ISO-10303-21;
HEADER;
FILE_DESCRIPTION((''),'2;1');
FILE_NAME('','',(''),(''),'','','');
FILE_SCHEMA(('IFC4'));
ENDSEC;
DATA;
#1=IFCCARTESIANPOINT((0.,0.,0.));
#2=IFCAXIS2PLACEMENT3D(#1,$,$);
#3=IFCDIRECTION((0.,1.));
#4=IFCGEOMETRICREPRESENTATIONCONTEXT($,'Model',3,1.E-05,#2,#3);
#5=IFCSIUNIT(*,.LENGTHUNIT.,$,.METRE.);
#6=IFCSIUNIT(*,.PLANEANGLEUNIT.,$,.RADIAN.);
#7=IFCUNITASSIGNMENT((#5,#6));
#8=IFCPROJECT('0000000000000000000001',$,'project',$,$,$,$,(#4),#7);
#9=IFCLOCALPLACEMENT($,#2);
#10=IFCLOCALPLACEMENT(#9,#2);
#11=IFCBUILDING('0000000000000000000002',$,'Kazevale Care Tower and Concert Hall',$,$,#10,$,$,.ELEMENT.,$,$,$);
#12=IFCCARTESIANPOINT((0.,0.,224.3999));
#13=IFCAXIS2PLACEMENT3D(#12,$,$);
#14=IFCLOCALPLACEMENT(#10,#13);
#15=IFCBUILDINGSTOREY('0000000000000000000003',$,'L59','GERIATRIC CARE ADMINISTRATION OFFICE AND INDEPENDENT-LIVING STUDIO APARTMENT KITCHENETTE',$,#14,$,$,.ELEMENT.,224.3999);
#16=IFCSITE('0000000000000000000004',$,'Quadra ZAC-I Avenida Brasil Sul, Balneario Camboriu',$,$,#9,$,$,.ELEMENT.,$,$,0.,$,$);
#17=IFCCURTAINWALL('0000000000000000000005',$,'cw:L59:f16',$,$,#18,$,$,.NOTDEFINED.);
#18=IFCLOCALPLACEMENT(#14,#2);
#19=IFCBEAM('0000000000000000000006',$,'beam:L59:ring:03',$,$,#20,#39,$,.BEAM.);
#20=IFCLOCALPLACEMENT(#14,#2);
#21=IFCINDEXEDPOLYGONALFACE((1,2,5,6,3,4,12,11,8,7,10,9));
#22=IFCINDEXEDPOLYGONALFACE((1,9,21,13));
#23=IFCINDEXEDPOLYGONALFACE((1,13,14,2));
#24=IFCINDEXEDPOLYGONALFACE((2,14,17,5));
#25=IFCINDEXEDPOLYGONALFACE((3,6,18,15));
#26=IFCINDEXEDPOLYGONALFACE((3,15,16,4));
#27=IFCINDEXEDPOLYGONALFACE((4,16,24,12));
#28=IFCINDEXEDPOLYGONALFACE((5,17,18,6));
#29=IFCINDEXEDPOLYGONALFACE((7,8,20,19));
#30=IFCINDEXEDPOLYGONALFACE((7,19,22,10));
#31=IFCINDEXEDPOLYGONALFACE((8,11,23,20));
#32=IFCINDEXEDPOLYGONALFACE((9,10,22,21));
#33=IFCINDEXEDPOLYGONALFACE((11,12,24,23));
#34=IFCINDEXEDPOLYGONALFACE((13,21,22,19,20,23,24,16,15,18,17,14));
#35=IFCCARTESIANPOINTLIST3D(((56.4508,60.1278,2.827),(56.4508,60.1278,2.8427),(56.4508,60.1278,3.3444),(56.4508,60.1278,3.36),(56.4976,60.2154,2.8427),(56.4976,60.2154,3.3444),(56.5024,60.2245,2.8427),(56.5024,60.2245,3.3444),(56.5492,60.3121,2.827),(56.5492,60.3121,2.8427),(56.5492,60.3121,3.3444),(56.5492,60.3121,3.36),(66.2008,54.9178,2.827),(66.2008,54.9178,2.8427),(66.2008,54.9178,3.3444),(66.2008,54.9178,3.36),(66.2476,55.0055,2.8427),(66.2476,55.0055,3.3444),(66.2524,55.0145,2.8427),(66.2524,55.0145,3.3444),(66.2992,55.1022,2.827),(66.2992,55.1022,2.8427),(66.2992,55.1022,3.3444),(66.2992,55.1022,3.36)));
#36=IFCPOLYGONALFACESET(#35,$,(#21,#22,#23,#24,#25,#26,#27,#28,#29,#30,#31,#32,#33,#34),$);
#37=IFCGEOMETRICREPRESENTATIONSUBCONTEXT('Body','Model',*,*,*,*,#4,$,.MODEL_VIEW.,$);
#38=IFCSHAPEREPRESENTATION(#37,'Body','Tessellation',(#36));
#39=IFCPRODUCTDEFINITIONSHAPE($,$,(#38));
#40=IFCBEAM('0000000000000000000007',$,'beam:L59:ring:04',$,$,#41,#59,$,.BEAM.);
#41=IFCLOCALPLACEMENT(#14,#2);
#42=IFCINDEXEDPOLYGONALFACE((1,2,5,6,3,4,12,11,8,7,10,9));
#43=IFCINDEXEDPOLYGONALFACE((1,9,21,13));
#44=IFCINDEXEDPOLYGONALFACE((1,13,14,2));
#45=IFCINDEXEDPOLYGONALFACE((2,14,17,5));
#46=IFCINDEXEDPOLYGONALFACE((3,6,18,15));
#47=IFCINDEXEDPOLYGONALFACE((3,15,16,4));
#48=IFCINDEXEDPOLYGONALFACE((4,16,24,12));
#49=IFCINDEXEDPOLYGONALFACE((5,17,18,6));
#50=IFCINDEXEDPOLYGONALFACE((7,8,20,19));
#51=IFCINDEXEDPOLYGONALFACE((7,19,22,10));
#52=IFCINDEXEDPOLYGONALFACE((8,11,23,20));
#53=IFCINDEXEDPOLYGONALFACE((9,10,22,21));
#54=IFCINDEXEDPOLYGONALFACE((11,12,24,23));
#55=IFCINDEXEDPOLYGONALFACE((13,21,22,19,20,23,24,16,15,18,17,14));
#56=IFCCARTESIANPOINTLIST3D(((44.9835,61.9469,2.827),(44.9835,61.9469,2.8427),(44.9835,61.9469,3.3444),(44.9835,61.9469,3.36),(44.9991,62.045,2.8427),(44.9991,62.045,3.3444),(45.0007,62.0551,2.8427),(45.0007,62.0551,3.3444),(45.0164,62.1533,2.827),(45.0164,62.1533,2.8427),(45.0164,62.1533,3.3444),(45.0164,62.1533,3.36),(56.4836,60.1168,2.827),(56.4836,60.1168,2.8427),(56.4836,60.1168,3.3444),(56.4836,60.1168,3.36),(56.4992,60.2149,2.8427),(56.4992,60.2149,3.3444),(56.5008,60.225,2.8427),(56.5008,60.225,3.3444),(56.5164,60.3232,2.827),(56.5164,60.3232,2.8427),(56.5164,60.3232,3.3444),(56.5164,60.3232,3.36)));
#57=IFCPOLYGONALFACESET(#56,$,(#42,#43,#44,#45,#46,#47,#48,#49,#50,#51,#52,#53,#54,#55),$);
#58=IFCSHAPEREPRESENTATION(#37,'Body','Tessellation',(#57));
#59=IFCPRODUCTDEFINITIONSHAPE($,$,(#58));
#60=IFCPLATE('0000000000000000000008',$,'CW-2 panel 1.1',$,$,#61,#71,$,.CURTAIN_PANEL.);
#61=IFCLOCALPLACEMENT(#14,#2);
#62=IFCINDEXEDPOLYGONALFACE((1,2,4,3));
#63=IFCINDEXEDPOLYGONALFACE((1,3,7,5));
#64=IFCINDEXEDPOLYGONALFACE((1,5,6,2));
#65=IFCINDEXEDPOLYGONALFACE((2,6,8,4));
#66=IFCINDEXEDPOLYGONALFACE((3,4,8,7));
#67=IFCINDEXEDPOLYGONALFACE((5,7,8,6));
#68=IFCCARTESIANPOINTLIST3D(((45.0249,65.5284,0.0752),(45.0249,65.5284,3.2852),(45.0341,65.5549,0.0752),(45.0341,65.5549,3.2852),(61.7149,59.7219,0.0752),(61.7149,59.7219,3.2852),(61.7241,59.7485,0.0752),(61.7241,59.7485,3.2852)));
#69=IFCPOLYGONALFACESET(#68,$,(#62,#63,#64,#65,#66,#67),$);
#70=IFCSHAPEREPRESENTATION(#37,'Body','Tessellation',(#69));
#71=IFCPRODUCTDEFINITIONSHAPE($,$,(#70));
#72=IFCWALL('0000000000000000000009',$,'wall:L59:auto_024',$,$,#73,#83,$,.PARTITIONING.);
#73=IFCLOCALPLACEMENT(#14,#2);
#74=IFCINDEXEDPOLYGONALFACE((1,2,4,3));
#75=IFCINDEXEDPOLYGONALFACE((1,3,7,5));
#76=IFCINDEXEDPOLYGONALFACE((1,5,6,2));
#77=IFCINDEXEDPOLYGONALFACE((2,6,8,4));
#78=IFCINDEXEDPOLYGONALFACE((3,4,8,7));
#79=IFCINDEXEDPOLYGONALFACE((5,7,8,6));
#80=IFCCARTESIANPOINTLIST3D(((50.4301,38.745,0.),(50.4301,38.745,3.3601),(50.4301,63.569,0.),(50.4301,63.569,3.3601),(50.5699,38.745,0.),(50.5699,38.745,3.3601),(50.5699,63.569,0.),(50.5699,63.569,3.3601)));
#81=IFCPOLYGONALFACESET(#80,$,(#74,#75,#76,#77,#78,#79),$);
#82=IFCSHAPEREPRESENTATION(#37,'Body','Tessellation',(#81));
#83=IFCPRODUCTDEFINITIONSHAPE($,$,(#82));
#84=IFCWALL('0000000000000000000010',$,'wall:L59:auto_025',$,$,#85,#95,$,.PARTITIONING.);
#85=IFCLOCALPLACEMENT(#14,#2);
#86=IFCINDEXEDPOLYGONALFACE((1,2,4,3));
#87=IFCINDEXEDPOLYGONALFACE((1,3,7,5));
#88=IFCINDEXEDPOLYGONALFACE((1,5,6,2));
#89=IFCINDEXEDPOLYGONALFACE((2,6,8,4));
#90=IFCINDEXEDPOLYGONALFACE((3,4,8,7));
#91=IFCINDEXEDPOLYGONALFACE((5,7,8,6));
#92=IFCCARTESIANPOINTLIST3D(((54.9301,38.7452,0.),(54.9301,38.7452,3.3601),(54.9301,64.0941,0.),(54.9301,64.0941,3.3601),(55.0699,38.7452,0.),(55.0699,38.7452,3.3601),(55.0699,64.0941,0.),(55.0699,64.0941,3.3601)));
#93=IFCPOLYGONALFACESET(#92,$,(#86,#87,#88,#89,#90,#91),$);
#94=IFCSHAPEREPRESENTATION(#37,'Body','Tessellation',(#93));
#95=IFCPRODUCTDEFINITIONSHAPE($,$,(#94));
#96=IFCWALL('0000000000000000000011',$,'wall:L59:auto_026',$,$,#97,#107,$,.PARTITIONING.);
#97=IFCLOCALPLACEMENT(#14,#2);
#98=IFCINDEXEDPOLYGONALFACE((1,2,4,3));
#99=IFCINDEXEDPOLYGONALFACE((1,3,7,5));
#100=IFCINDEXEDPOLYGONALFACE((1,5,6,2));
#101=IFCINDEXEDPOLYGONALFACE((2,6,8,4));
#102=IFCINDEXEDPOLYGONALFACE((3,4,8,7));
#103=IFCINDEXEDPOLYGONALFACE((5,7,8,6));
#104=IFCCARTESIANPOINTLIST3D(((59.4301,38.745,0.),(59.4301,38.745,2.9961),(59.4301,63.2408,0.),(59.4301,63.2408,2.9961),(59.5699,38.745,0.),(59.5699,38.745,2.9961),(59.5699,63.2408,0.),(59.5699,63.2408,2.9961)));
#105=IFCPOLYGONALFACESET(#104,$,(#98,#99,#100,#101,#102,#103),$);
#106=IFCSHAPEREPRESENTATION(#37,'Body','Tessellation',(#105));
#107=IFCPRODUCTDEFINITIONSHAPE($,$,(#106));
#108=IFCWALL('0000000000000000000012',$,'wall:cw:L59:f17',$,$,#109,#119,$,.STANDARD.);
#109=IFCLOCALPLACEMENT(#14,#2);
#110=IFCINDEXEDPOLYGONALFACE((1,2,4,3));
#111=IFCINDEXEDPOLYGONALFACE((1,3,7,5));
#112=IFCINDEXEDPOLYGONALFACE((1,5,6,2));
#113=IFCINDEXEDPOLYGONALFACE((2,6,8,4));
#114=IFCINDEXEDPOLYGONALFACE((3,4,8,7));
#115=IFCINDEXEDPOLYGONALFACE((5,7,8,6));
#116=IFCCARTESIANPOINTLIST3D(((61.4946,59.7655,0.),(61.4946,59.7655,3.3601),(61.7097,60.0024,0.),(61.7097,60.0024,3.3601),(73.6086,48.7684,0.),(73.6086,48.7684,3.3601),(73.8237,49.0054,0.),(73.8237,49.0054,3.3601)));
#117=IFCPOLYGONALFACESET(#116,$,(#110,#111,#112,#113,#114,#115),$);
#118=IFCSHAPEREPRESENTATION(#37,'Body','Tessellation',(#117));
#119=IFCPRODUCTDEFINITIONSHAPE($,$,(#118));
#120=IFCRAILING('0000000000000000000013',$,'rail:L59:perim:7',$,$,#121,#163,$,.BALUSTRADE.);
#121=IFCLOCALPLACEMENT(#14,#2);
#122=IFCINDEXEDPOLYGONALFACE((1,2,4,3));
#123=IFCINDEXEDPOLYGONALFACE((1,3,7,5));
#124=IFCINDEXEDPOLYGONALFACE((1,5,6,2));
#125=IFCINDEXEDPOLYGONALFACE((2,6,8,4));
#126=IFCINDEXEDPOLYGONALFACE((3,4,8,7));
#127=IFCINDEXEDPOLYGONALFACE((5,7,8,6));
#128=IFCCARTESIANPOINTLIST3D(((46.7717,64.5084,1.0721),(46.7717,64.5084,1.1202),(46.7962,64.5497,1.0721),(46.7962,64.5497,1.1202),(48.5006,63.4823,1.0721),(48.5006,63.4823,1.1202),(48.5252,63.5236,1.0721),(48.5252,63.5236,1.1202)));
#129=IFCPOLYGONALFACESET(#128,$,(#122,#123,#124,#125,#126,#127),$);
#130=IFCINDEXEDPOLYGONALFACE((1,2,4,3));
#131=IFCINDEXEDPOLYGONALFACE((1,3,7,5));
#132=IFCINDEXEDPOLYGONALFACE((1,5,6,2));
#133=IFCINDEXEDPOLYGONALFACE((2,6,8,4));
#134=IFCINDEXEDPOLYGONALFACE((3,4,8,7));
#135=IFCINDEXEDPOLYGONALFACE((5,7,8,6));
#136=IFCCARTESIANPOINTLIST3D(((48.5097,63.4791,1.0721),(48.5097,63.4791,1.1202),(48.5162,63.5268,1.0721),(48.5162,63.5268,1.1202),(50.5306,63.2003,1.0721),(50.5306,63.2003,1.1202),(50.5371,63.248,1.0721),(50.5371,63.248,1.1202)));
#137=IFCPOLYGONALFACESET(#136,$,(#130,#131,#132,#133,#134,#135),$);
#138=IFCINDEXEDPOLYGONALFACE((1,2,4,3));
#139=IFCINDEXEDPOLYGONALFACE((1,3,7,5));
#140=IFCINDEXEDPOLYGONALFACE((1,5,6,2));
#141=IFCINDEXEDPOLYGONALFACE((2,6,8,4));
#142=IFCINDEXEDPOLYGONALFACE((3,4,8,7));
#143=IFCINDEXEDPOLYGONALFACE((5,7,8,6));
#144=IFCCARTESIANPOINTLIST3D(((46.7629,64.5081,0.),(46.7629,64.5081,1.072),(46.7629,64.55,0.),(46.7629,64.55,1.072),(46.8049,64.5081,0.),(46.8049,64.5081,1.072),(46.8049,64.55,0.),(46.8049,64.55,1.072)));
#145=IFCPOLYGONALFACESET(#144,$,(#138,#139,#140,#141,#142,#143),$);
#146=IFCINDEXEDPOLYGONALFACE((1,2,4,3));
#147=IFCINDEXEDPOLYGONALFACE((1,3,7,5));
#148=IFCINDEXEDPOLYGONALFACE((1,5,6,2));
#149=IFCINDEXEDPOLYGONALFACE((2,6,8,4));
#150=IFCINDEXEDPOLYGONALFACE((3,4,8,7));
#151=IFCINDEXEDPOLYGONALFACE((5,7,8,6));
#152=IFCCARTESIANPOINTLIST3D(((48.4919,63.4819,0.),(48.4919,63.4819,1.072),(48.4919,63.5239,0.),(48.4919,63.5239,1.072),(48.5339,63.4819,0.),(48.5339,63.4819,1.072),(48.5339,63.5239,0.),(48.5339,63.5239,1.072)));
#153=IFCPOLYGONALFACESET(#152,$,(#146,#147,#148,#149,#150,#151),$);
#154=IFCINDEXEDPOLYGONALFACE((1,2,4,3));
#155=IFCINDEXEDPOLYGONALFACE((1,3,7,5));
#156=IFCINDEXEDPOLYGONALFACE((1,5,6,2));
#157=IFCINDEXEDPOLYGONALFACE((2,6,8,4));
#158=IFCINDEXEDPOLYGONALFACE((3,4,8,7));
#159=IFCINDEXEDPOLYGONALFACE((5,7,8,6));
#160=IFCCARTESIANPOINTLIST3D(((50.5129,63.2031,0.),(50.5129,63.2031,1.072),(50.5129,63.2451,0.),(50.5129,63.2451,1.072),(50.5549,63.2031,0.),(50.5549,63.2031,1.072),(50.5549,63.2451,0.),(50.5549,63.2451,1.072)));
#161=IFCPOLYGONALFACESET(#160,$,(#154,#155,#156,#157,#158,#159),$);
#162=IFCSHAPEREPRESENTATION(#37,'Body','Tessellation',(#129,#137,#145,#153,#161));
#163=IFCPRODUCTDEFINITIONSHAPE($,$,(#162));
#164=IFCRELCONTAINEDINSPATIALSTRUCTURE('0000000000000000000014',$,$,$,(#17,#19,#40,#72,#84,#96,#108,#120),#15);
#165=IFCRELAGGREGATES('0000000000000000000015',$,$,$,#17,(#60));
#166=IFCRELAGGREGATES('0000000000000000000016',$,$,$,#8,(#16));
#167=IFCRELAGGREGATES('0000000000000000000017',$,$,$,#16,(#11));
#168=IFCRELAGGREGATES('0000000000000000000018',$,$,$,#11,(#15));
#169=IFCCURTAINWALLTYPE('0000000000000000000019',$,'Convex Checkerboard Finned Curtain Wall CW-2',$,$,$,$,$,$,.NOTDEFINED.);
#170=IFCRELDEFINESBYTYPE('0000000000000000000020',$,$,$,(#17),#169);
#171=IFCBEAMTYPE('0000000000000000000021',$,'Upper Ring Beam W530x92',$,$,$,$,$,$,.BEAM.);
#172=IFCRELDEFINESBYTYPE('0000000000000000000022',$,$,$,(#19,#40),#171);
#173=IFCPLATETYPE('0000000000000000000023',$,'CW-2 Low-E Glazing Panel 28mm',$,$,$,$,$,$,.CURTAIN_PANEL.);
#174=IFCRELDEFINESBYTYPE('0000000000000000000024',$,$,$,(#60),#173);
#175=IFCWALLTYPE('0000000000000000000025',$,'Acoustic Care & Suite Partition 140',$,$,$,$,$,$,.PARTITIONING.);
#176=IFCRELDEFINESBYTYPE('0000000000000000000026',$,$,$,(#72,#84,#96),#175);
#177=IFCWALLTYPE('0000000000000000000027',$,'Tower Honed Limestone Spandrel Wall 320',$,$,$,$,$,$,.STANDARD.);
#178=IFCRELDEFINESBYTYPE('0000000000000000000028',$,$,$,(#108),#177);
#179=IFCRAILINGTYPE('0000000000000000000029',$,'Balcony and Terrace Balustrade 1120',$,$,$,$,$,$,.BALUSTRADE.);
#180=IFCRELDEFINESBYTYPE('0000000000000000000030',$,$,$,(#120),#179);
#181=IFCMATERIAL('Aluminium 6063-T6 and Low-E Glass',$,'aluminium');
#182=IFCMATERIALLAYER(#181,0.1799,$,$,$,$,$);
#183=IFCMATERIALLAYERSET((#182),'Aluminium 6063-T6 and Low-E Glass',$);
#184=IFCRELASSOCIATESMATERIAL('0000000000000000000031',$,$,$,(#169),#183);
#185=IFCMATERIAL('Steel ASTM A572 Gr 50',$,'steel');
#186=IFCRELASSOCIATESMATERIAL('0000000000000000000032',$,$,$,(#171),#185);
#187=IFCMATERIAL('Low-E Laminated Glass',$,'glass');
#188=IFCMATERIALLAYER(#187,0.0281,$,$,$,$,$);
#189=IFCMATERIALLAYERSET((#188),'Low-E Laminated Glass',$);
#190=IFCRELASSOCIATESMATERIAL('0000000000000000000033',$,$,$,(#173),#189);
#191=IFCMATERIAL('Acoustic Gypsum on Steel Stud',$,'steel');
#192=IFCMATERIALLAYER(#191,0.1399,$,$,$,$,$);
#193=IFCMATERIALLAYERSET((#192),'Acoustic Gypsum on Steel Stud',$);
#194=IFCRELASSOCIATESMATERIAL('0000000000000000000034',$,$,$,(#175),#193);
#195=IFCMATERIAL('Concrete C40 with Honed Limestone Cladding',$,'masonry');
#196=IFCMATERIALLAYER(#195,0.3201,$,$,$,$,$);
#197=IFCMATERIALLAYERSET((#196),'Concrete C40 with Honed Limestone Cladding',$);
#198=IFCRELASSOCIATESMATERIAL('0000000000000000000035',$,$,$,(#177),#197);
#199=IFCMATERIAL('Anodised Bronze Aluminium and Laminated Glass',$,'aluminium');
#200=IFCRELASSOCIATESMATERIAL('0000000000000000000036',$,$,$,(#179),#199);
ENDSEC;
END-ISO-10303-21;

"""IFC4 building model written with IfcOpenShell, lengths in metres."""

from ifc_helpers import new_model, si_unit, direction, frame, frame_2d, origin, origin_2d, place, context, subcontext, project, spatial, rectangle, i_section, extrude, material, layer, layer_set, material_profile, profile_set, type_object, element, aggregate, save


model = new_model("IFC4")

# Units and contexts
model_context = context("Model", 3, precision=1e-05, world=origin(), true_north=direction((0.0, 1.0)))
body_context = subcontext(model_context, "Body", "Model", "MODEL_VIEW")
ifc_project = project(units=[si_unit("LENGTHUNIT", "METRE"), si_unit("PLANEANGLEUNIT", "RADIAN")], contexts=[model_context])

# Site, building, storey
site_placement = place(None, origin())
site = spatial("IfcSite", under=ifc_project, at=site_placement, Name="Quadra ZAC-I Avenida Brasil Sul, Balneario Camboriu", CompositionType="ELEMENT", RefElevation=0.0)
building_placement = place(site_placement, origin())
building = spatial("IfcBuilding", under=site, at=building_placement, Name="Kazevale Care Tower and Concert Hall", CompositionType="ELEMENT")
storey_placement = place(building_placement, frame((0.0, 0.0, 224.3999)))
storey = spatial("IfcBuildingStorey", under=building, at=storey_placement, Name="L59", Description="GERIATRIC CARE ADMINISTRATION OFFICE AND INDEPENDENT-LIVING STUDIO APARTMENT KITCHENETTE", CompositionType="ELEMENT", Elevation=224.3999)

# Curtain wall
ifc_material_1 = material(Name="Aluminium 6063-T6 and Low-E Glass", Category="aluminium")
ifc_layer_1 = layer(ifc_material_1, 0.1799)
ifc_layer_set_1 = layer_set([ifc_layer_1], Name="Aluminium 6063-T6 and Low-E Glass")
curtain_wall_type_1 = type_object("IfcCurtainWallType", Name="Convex Checkerboard Finned Curtain Wall CW-2", PredefinedType="NOTDEFINED", material=ifc_layer_set_1)
curtain_wall_1_placement = place(storey_placement, origin())
curtain_wall_1 = element("IfcCurtainWall", 1, at=curtain_wall_1_placement, inside=storey, type_object=curtain_wall_type_1, Name="cw:L59:f16", PredefinedType="NOTDEFINED")

# Beams
ifc_material_2 = material(Name="Steel ASTM A572 Gr 50", Category="steel")
ifc_material_profile_1 = material_profile(ifc_material_2, i_section(OverallWidth=0.209, OverallDepth=0.533, WebThickness=0.0103, FlangeThickness=0.0156, at=origin_2d()), Name="W530x92")
ifc_profile_set_1 = profile_set([ifc_material_profile_1], Name="Steel ASTM A572 Gr 50")
beam_type_1 = type_object("IfcBeamType", Name="Upper Ring Beam W530x92", PredefinedType="BEAM", material=ifc_profile_set_1)
beam_1_placement = place(storey_placement, frame((66.25, 55.01, 3.0935), z_axis=(-0.881979, 0.47129, 0.0), x_axis=(-0.47129, -0.881979, 0.0)))
element("IfcBeam", 2, at=beam_1_placement, inside=storey, type_object=beam_type_1, Name="beam:L59:ring:03", PredefinedType="BEAM", context=body_context, shape_type="SweptSolid", body=[
    extrude(i_section(OverallWidth=0.209, OverallDepth=0.533, WebThickness=0.0103, FlangeThickness=0.0156, at=origin_2d()), origin(), (0.0, 0.0, 1.0), 11.0547),
])
beam_2_placement = place(storey_placement, frame((56.5, 60.22, 3.0935), z_axis=(-0.987573, 0.15716, 0.0), x_axis=(-0.15716, -0.987573, 0.0)))
element("IfcBeam", 3, at=beam_2_placement, inside=storey, type_object=beam_type_1, Name="beam:L59:ring:04", PredefinedType="BEAM", context=body_context, shape_type="SweptSolid", body=[
    extrude(i_section(OverallWidth=0.209, OverallDepth=0.533, WebThickness=0.0103, FlangeThickness=0.0156, at=origin_2d()), origin(), (0.0, 0.0, 1.0), 11.6448),
])

# Plate
ifc_material_3 = material(Name="Low-E Laminated Glass", Category="glass")
ifc_layer_2 = layer(ifc_material_3, 0.0281)
ifc_layer_set_2 = layer_set([ifc_layer_2], Name="Low-E Laminated Glass")
plate_type = type_object("IfcPlateType", Name="CW-2 Low-E Glazing Panel 28mm", PredefinedType="CURTAIN_PANEL", material=ifc_layer_set_2)
plate_placement = place(storey_placement, frame((53.3745, 62.6384, 0.0752), z_axis=(0.0, 0.0, 1.0), x_axis=(0.944475, -0.328584, 0.0)))
plate = element("IfcPlate", 4, at=plate_placement, type_object=plate_type, Name="CW-2 panel 1.1", PredefinedType="CURTAIN_PANEL", context=body_context, shape_type="SweptSolid", body=[
    extrude(rectangle(XDim=17.6711, YDim=0.0281, at=origin_2d()), origin(), (0.0, 0.0, 1.0), 3.21),
])
aggregate(curtain_wall_1, [plate])

# Walls
ifc_material_4 = material(Name="Acoustic Gypsum on Steel Stud", Category="steel")
ifc_layer_3 = layer(ifc_material_4, 0.1399)
ifc_layer_set_3 = layer_set([ifc_layer_3], Name="Acoustic Gypsum on Steel Stud")
wall_type_1 = type_object("IfcWallType", Name="Acoustic Care & Suite Partition 140", PredefinedType="PARTITIONING", material=ifc_layer_set_3)
wall_1_placement = place(storey_placement, frame((50.5, 63.5691, 0.0), z_axis=(0.0, 0.0, 1.0), x_axis=(0.0, -1.0, 0.0)))
element("IfcWall", 5, at=wall_1_placement, inside=storey, type_object=wall_type_1, Name="wall:L59:auto_024", PredefinedType="PARTITIONING", context=body_context, shape_type="SweptSolid", body=[
    extrude(rectangle(XDim=24.824, YDim=0.1399, at=frame_2d((12.4121, 0.0))), origin(), (0.0, 0.0, 1.0), 3.3601),
])
wall_2_placement = place(storey_placement, frame((55.0, 64.094, 0.0), z_axis=(0.0, 0.0, 1.0), x_axis=(0.0, -1.0, 0.0)))
element("IfcWall", 6, at=wall_2_placement, inside=storey, type_object=wall_type_1, Name="wall:L59:auto_025", PredefinedType="PARTITIONING", context=body_context, shape_type="SweptSolid", body=[
    extrude(rectangle(XDim=25.3489, YDim=0.1399, at=frame_2d((12.6743, 0.0))), origin(), (0.0, 0.0, 1.0), 3.3601),
])
wall_3_placement = place(storey_placement, frame((59.5, 63.241, 0.0), z_axis=(0.0, 0.0, 1.0), x_axis=(0.0, -1.0, 0.0)))
element("IfcWall", 7, at=wall_3_placement, inside=storey, type_object=wall_type_1, Name="wall:L59:auto_026", PredefinedType="PARTITIONING", context=body_context, shape_type="SweptSolid", body=[
    extrude(rectangle(XDim=24.4958, YDim=0.1399, at=frame_2d((12.248, 0.0))), origin(), (0.0, 0.0, 1.0), 2.9961),
])
ifc_material_5 = material(Name="Concrete C40 with Honed Limestone Cladding", Category="masonry")
ifc_layer_4 = layer(ifc_material_5, 0.3201)
ifc_layer_set_4 = layer_set([ifc_layer_4], Name="Concrete C40 with Honed Limestone Cladding")
wall_type_2 = type_object("IfcWallType", Name="Tower Honed Limestone Spandrel Wall 320", PredefinedType="STANDARD", material=ifc_layer_set_4)
wall_4_placement = place(storey_placement, frame((61.6021, 59.884, 0.0), z_axis=(0.0, 0.0, 1.0), x_axis=(0.740417, -0.672148, 0.0)))
element("IfcWall", 8, at=wall_4_placement, inside=storey, type_object=wall_type_2, Name="wall:cw:L59:f17", PredefinedType="STANDARD", context=body_context, shape_type="SweptSolid", body=[
    extrude(rectangle(XDim=16.3611, YDim=0.3201, at=frame_2d((8.1807, 0.0))), origin(), (0.0, 0.0, 1.0), 3.3601),
])

# Railing
ifc_material_6 = material(Name="Anodised Bronze Aluminium and Laminated Glass", Category="aluminium")
railing_type = type_object("IfcRailingType", Name="Balcony and Terrace Balustrade 1120", PredefinedType="BALUSTRADE", material=ifc_material_6)
railing_1_placement = place(storey_placement, frame((46.7839, 64.5291, 0.0)))
element("IfcRailing", 9, at=railing_1_placement, inside=storey, type_object=railing_type, Name="rail:L59:perim:7", PredefinedType="BALUSTRADE", context=body_context, shape_type="SweptSolid", body=[
    extrude(rectangle(XDim=0.0481, YDim=0.0481, at=origin_2d()), frame((0.0, 0.0, 1.0962), z_axis=(0.859958, -0.510365, 0.0), x_axis=(0.510365, 0.859958, 0.0)), (0.0, 0.0, 1.0), 2.0105),
    extrude(rectangle(XDim=0.0481, YDim=0.0481, at=origin_2d()), frame((1.729, -1.0261, 1.0962), z_axis=(0.990618, -0.136662, 0.0), x_axis=(0.136662, 0.990618, 0.0)), (0.0, 0.0, 1.0), 2.04),
    extrude(rectangle(XDim=0.042, YDim=0.042, at=origin_2d()), origin(), (0.0, 0.0, 1.0), 1.072),
    extrude(rectangle(XDim=0.042, YDim=0.042, at=origin_2d()), frame((1.729, -1.0261, 0.0)), (0.0, 0.0, 1.0), 1.072),
    extrude(rectangle(XDim=0.042, YDim=0.042, at=origin_2d()), frame((3.75, -1.3049, 0.0)), (0.0, 0.0, 1.0), 1.072),
])

save(model, "model.ifc")
